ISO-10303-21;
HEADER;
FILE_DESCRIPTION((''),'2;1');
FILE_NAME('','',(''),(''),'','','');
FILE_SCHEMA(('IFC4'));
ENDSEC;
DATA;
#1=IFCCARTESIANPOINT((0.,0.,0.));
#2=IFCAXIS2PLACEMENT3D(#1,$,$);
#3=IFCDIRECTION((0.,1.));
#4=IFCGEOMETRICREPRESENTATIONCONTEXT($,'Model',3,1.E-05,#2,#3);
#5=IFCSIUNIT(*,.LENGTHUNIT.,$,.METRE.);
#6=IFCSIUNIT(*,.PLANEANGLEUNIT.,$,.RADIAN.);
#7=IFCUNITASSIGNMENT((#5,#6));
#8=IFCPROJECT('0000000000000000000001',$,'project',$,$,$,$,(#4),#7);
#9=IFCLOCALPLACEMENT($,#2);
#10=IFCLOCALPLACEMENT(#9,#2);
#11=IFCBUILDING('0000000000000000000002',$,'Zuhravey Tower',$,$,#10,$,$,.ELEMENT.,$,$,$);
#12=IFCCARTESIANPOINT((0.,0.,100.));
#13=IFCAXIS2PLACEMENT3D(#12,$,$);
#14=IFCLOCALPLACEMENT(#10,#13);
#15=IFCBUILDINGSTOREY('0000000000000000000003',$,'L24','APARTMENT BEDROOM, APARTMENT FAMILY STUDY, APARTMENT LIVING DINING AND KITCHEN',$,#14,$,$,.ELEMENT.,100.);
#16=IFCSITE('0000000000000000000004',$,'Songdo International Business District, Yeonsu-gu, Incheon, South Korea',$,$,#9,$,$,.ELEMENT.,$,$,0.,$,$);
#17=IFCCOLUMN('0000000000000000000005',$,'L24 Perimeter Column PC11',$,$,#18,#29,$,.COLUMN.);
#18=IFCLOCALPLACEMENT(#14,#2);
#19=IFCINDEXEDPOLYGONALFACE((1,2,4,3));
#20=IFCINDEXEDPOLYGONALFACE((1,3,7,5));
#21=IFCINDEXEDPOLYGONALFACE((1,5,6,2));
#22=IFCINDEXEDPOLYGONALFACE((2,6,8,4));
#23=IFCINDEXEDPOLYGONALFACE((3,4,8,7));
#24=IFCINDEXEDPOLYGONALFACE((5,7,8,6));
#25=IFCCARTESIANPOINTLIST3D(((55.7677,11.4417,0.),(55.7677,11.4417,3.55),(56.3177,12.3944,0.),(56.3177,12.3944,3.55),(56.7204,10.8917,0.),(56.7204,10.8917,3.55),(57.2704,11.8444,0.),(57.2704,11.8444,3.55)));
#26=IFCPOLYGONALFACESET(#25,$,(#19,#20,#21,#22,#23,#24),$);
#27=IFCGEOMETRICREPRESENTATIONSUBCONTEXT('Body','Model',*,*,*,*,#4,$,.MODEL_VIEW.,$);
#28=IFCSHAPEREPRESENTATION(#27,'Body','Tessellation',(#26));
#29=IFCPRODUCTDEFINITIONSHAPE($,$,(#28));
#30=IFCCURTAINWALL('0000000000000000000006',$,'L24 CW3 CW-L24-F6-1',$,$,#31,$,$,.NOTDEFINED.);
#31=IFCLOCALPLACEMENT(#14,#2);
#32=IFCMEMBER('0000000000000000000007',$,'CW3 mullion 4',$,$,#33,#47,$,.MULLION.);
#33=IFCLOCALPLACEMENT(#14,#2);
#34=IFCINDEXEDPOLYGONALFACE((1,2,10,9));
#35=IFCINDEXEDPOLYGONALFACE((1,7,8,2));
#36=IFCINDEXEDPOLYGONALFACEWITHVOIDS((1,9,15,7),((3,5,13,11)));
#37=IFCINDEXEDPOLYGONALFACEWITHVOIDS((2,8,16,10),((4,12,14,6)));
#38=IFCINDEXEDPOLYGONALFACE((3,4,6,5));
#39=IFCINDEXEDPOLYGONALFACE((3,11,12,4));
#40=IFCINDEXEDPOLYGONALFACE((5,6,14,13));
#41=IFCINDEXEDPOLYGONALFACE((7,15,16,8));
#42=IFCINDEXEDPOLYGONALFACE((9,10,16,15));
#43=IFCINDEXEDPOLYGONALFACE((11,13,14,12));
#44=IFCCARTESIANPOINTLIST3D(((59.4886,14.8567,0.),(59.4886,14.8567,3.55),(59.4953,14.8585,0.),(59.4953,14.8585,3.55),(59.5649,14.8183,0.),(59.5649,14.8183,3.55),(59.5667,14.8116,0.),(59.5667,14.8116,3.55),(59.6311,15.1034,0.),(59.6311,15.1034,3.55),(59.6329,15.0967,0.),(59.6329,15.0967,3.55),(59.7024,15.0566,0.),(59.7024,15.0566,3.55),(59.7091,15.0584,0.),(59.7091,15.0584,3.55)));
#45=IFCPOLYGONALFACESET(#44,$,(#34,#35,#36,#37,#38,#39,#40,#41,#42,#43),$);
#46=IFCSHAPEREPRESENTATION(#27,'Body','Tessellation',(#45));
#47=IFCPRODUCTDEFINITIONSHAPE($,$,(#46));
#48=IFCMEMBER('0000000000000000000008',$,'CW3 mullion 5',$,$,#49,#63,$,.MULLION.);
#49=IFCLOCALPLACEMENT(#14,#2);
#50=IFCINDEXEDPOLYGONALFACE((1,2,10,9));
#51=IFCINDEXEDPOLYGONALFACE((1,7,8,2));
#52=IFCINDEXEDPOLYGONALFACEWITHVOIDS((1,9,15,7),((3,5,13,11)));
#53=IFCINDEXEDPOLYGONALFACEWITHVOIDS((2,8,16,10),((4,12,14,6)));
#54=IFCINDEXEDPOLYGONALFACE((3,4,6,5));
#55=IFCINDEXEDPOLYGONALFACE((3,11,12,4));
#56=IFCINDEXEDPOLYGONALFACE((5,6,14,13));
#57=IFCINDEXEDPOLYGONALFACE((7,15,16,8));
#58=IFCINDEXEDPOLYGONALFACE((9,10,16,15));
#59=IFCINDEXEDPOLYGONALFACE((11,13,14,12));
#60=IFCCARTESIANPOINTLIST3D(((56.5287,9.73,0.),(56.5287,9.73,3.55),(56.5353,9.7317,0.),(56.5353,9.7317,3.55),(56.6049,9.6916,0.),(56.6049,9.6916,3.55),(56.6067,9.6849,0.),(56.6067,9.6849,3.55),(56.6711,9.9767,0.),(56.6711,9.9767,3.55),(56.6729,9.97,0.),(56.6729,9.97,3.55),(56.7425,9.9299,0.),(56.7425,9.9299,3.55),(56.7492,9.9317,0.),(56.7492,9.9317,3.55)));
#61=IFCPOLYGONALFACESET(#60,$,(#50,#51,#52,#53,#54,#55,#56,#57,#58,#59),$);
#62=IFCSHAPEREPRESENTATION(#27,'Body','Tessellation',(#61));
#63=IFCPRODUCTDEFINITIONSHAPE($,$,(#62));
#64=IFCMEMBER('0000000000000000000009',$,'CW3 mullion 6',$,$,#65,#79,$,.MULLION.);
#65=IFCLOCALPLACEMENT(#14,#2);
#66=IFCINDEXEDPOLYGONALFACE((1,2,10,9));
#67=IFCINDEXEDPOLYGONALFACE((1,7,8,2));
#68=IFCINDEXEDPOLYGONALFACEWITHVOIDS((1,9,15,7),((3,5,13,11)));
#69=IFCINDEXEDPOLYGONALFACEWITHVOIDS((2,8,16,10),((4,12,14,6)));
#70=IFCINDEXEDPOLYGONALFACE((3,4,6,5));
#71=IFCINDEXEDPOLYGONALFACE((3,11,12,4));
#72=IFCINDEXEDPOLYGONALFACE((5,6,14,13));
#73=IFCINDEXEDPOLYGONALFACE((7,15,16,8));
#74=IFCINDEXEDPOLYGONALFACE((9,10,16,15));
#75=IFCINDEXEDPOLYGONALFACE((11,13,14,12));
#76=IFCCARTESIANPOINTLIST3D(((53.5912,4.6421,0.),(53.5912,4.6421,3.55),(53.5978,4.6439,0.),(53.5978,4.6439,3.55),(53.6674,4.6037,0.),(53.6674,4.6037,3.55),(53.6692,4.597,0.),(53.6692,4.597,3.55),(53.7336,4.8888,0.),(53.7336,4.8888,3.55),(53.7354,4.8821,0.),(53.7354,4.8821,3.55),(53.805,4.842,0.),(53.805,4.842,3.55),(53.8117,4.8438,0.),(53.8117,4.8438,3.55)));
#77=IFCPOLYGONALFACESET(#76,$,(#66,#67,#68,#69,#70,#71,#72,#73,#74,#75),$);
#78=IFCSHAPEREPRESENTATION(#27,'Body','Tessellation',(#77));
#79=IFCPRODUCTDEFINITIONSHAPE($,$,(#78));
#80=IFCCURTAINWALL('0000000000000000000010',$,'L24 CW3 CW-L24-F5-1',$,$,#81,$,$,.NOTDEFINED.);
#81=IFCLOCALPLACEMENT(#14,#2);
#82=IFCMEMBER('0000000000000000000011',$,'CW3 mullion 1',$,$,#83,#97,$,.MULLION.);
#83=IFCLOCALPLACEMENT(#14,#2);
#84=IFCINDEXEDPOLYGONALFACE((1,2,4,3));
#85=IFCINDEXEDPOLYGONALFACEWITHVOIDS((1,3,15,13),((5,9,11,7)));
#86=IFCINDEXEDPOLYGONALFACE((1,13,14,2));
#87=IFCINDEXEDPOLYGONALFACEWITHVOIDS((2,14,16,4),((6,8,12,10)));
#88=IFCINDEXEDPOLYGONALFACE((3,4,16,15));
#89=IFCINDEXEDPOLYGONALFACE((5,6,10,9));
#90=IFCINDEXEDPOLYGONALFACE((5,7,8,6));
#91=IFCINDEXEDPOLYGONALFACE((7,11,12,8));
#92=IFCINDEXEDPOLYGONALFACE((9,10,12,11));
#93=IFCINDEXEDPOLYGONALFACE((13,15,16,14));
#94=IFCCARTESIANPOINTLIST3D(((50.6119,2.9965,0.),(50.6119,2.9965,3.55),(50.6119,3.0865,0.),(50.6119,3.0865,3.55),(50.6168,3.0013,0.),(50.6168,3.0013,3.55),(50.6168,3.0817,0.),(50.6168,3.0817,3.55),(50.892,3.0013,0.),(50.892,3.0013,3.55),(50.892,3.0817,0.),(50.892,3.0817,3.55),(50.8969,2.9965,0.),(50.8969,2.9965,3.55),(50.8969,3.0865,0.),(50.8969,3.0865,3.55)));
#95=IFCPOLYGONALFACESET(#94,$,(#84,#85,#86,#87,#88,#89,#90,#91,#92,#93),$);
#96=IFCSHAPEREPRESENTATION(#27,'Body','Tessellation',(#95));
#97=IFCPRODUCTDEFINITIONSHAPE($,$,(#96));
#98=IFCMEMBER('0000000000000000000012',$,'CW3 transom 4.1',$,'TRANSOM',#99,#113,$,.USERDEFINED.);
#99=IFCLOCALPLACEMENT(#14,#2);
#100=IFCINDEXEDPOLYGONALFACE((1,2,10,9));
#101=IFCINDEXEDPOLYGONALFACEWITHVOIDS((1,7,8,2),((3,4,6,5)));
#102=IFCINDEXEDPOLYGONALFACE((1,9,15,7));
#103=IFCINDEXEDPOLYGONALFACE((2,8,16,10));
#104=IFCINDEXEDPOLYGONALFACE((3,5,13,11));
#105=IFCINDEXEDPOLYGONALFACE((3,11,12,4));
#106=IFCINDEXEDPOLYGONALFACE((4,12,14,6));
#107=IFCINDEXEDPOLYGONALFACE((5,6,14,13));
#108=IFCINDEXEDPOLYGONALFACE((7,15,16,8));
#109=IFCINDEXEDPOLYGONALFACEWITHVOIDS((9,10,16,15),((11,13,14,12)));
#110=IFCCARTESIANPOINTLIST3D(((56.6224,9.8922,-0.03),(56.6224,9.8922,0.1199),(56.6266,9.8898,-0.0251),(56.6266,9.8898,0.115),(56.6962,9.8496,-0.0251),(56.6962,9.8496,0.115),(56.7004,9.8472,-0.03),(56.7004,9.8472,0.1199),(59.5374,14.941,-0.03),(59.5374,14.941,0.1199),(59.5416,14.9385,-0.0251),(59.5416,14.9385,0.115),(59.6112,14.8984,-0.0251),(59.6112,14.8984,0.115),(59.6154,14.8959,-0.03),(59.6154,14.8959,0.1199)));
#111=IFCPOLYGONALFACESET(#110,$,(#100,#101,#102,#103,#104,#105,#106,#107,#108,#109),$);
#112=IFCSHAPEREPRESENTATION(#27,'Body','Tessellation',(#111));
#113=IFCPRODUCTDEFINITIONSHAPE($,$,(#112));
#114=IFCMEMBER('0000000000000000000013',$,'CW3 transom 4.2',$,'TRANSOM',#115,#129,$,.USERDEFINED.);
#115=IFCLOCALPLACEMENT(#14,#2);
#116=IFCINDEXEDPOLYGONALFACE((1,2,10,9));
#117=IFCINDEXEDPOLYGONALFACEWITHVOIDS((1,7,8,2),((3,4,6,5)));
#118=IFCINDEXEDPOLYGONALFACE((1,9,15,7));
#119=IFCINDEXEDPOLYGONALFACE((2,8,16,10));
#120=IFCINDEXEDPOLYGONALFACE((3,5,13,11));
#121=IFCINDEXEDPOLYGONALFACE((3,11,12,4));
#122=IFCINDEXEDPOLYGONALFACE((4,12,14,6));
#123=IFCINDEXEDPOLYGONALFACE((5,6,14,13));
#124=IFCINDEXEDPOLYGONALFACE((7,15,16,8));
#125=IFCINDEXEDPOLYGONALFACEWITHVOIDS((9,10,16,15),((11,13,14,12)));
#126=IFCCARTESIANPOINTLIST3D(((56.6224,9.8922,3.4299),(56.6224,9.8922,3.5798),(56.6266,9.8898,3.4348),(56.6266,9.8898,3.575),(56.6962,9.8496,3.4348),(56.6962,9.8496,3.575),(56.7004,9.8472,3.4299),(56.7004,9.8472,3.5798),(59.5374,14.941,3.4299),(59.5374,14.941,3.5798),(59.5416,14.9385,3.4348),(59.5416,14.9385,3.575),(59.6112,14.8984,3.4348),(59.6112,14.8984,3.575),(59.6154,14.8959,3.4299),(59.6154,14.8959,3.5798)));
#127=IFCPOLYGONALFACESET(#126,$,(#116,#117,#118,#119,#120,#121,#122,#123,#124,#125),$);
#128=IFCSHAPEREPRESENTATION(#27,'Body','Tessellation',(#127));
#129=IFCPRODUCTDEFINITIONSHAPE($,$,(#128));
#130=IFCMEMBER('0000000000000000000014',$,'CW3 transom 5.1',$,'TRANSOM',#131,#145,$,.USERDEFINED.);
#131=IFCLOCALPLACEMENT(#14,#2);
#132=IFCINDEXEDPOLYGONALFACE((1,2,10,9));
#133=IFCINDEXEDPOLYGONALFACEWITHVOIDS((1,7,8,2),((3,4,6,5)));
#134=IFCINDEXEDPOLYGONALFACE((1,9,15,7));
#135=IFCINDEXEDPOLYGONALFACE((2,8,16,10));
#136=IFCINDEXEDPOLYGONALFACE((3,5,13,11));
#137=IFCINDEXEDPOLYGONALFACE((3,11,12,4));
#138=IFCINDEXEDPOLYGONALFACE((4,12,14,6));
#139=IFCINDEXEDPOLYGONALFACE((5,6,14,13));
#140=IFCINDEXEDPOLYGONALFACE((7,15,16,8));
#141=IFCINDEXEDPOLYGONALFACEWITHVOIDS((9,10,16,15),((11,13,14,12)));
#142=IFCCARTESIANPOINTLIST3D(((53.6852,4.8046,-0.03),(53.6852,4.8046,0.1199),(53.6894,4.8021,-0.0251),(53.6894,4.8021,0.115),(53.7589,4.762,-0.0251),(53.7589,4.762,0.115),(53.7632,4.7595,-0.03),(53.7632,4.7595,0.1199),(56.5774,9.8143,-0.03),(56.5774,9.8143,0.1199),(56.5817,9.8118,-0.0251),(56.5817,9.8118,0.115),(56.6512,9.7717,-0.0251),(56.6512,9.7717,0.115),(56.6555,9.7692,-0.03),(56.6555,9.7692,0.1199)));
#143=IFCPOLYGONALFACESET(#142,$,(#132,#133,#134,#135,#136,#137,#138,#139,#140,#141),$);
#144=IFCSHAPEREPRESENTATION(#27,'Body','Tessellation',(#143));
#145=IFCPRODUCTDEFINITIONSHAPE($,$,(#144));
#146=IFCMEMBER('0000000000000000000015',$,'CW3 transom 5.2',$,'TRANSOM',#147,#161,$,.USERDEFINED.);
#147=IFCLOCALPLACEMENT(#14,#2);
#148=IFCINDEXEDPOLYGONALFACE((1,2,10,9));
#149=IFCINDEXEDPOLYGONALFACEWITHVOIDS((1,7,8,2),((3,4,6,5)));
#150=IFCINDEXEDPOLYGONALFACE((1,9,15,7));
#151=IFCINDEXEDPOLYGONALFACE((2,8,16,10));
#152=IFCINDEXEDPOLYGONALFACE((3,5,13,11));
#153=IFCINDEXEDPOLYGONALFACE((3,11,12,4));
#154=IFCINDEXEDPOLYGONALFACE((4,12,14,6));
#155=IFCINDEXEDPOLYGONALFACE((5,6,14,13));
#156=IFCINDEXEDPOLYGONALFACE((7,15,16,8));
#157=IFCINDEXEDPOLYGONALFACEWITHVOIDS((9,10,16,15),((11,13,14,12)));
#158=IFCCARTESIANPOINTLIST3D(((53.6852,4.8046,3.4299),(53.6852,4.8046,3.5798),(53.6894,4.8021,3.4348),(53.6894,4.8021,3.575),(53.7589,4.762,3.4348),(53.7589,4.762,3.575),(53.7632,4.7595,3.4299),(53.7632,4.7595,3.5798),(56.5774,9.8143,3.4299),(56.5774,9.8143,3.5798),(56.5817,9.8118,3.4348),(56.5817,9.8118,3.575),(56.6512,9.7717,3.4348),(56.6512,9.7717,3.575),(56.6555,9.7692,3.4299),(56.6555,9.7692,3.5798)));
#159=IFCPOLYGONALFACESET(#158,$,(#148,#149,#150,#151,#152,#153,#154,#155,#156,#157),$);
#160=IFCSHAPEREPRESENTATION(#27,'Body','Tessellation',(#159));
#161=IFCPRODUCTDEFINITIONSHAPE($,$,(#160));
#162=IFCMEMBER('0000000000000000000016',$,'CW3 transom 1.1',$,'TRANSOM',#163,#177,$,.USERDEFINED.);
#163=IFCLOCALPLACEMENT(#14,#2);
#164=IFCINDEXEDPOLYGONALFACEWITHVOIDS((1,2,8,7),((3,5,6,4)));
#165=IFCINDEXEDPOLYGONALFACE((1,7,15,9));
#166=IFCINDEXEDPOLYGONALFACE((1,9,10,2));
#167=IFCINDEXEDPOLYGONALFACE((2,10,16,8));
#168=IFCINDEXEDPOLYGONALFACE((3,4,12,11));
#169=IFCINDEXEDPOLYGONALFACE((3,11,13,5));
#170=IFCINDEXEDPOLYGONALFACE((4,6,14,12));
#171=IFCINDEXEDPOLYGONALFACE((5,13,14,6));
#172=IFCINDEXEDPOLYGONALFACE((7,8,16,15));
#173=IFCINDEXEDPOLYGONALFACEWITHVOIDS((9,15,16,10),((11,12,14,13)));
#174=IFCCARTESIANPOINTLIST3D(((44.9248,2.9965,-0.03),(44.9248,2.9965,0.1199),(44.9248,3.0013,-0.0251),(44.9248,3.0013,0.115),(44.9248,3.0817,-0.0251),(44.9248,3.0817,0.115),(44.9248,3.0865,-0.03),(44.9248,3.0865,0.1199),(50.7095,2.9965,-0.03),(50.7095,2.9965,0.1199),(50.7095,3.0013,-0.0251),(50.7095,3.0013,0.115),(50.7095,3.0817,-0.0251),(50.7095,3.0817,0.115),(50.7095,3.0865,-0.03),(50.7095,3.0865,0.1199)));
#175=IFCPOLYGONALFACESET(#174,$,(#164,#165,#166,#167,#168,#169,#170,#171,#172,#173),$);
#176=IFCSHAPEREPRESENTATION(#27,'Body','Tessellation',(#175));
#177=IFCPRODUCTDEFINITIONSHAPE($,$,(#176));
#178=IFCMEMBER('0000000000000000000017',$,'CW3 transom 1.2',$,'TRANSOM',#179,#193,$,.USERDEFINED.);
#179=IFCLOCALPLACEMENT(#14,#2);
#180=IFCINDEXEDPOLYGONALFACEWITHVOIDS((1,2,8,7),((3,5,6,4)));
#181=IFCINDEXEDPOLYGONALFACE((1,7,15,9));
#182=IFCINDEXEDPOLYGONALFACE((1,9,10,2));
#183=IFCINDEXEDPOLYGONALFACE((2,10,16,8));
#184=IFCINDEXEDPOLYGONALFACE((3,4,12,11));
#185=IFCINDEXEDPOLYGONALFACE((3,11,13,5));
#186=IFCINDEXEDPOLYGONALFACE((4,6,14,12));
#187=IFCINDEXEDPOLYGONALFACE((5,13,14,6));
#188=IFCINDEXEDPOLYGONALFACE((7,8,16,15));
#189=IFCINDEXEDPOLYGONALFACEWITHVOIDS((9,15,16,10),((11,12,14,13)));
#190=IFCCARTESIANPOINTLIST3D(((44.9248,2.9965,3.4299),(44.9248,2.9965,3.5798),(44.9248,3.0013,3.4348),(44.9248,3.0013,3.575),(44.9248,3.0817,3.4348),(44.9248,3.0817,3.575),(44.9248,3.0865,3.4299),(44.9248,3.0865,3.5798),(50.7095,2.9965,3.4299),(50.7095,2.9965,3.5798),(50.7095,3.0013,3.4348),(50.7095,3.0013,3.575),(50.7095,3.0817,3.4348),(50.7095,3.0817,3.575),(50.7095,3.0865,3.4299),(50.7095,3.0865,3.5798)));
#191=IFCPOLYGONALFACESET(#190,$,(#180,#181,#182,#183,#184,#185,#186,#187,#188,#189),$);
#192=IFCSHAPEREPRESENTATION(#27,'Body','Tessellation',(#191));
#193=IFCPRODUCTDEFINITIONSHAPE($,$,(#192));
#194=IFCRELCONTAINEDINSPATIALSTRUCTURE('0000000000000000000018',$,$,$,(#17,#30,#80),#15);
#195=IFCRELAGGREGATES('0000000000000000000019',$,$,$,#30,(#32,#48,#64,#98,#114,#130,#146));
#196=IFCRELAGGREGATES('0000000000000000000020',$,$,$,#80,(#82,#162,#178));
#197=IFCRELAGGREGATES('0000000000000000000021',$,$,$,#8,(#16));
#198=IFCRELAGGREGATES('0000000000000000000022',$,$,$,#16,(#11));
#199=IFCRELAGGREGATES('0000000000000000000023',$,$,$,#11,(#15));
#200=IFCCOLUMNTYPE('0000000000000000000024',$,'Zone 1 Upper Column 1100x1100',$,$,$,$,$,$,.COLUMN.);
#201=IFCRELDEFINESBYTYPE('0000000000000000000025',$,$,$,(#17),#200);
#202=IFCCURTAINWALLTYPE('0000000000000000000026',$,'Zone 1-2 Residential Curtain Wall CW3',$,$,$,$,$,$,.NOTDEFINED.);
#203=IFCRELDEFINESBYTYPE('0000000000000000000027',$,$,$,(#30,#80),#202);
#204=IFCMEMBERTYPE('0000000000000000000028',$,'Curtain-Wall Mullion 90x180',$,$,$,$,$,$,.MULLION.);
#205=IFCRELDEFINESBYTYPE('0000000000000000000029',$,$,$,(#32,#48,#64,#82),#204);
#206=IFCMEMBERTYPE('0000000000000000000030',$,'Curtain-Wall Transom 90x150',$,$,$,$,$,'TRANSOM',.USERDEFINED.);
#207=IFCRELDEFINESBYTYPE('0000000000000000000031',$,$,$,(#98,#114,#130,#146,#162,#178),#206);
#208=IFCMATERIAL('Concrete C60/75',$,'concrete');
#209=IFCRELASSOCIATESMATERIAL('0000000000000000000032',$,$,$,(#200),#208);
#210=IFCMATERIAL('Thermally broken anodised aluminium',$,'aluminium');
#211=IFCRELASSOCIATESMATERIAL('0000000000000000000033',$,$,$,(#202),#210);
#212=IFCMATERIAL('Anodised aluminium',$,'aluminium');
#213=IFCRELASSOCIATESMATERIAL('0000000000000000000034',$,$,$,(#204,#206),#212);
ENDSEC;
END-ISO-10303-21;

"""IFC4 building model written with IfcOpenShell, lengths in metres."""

from ifc_helpers import new_model, si_unit, direction, frame, origin, origin_2d, place, context, subcontext, project, spatial, rectangle, hollow_rectangle, extrude, material, material_profile, profile_set, type_object, element, aggregate, save


model = new_model("IFC4")

# Units and contexts
model_context = context("Model", 3, precision=1e-05, world=origin(), true_north=direction((0.0, 1.0)))
body_context = subcontext(model_context, "Body", "Model", "MODEL_VIEW")
ifc_project = project(units=[si_unit("LENGTHUNIT", "METRE"), si_unit("PLANEANGLEUNIT", "RADIAN")], contexts=[model_context])

# Site, building, storey
site_placement = place(None, origin())
site = spatial("IfcSite", under=ifc_project, at=site_placement, Name="Songdo International Business District, Yeonsu-gu, Incheon, South Korea", CompositionType="ELEMENT", RefElevation=0.0)
building_placement = place(site_placement, origin())
building = spatial("IfcBuilding", under=site, at=building_placement, Name="Zuhravey Tower", CompositionType="ELEMENT")
storey_placement = place(building_placement, frame((0.0, 0.0, 100.0)))
storey = spatial("IfcBuildingStorey", under=building, at=storey_placement, Name="L24", Description="APARTMENT BEDROOM, APARTMENT FAMILY STUDY, APARTMENT LIVING DINING AND KITCHEN", CompositionType="ELEMENT", Elevation=100.0)

# Column
ifc_material_1 = material(Name="Concrete C60/75", Category="concrete")
ifc_material_profile_1 = material_profile(ifc_material_1, rectangle(XDim=1.1001, YDim=1.1001, at=origin_2d()), Name="RC-1100x1100")
ifc_profile_set_1 = profile_set([ifc_material_profile_1], Name="Concrete C60/75")
column_type = type_object("IfcColumnType", Name="Zone 1 Upper Column 1100x1100", PredefinedType="COLUMN", material=ifc_profile_set_1)
column_placement = place(storey_placement, frame((56.519, 11.6431, 0.0), z_axis=(0.0, 0.0, 1.0), x_axis=(0.5, 0.866025, 0.0)))
element("IfcColumn", 1, at=column_placement, inside=storey, type_object=column_type, Name="L24 Perimeter Column PC11", PredefinedType="COLUMN", context=body_context, shape_type="SweptSolid", body=[
    extrude(rectangle(XDim=1.1001, YDim=1.1001, at=origin_2d()), origin(), (0.0, 0.0, 1.0), 3.55),
])

# Curtain wall, members
ifc_material_2 = material(Name="Thermally broken anodised aluminium", Category="aluminium")
curtain_wall_type = type_object("IfcCurtainWallType", Name="Zone 1-2 Residential Curtain Wall CW3", PredefinedType="NOTDEFINED", material=ifc_material_2)
curtain_wall_1_placement = place(storey_placement, origin())
curtain_wall_1 = element("IfcCurtainWall", 2, at=curtain_wall_1_placement, inside=storey, type_object=curtain_wall_type, Name="L24 CW3 CW-L24-F6-1", PredefinedType="NOTDEFINED")
ifc_material_3 = material(Name="Anodised aluminium", Category="aluminium")
ifc_material_profile_2 = material_profile(ifc_material_3, hollow_rectangle(XDim=0.0901, YDim=0.2849, WallThickness=0.0049, at=origin_2d()), Name="ALU-RHS-90x285x5")
ifc_profile_set_2 = profile_set([ifc_material_profile_2], Name="Anodised aluminium")
member_type_1 = type_object("IfcMemberType", Name="Curtain-Wall Mullion 90x180", PredefinedType="MULLION", material=ifc_profile_set_2)
member_1_placement = place(storey_placement, frame((59.5989, 14.9575, 0.0), z_axis=(0.0, 0.0, 1.0), x_axis=(0.866026, -0.5, 0.0)))
member_1 = element("IfcMember", 3, at=member_1_placement, type_object=member_type_1, Name="CW3 mullion 4", PredefinedType="MULLION", context=body_context, shape_type="SweptSolid", body=[
    extrude(hollow_rectangle(XDim=0.0901, YDim=0.2849, WallThickness=0.0049, at=origin_2d()), origin(), (0.0, 0.0, 1.0), 3.55),
])
member_2_placement = place(storey_placement, frame((56.6389, 9.8308, 0.0), z_axis=(0.0, 0.0, 1.0), x_axis=(0.866026, -0.5, 0.0)))
member_2 = element("IfcMember", 4, at=member_2_placement, type_object=member_type_1, Name="CW3 mullion 5", PredefinedType="MULLION", context=body_context, shape_type="SweptSolid", body=[
    extrude(hollow_rectangle(XDim=0.0901, YDim=0.2849, WallThickness=0.0049, at=origin_2d()), origin(), (0.0, 0.0, 1.0), 3.55),
])
member_3_placement = place(storey_placement, frame((53.7014, 4.7429, 0.0), z_axis=(0.0, 0.0, 1.0), x_axis=(0.866026, -0.5, 0.0)))
member_3 = element("IfcMember", 5, at=member_3_placement, type_object=member_type_1, Name="CW3 mullion 6", PredefinedType="MULLION", context=body_context, shape_type="SweptSolid", body=[
    extrude(hollow_rectangle(XDim=0.0901, YDim=0.2849, WallThickness=0.0049, at=origin_2d()), origin(), (0.0, 0.0, 1.0), 3.55),
])

# Curtain wall, member
curtain_wall_2_placement = place(storey_placement, origin())
curtain_wall_2 = element("IfcCurtainWall", 6, at=curtain_wall_2_placement, inside=storey, type_object=curtain_wall_type, Name="L24 CW3 CW-L24-F5-1", PredefinedType="NOTDEFINED")
member_4_placement = place(storey_placement, frame((50.7544, 3.0415, 0.0), z_axis=(0.0, 0.0, 1.0), x_axis=(0.0, -1.0, 0.0)))
member_4 = element("IfcMember", 7, at=member_4_placement, type_object=member_type_1, Name="CW3 mullion 1", PredefinedType="MULLION", context=body_context, shape_type="SweptSolid", body=[
    extrude(hollow_rectangle(XDim=0.0901, YDim=0.2849, WallThickness=0.0049, at=origin_2d()), origin(), (0.0, 0.0, 1.0), 3.55),
])

# Members
ifc_material_profile_3 = material_profile(ifc_material_3, hollow_rectangle(XDim=0.0901, YDim=0.1499, WallThickness=0.0049, at=origin_2d()), Name="ALU-RHS-90x150x5")
ifc_profile_set_3 = profile_set([ifc_material_profile_3], Name="Anodised aluminium")
member_type_2 = type_object("IfcMemberType", Name="Curtain-Wall Transom 90x150", ElementType="TRANSOM", PredefinedType="USERDEFINED", material=ifc_profile_set_3)
member_5_placement = place(storey_placement, frame((59.5764, 14.9185, 0.0449), z_axis=(-0.500012, -0.866018, 0.0), x_axis=(0.866018, -0.500012, 0.0)))
member_5 = element("IfcMember", 8, at=member_5_placement, type_object=member_type_2, Name="CW3 transom 4.1", ObjectType="TRANSOM", PredefinedType="USERDEFINED", context=body_context, shape_type="SweptSolid", body=[
    extrude(hollow_rectangle(XDim=0.0901, YDim=0.1499, WallThickness=0.0049, at=origin_2d()), origin(), (0.0, 0.0, 1.0), 5.8298),
])
member_6_placement = place(storey_placement, frame((59.5764, 14.9185, 3.5049), z_axis=(-0.500012, -0.866018, 0.0), x_axis=(0.866018, -0.500012, 0.0)))
member_6 = element("IfcMember", 9, at=member_6_placement, type_object=member_type_2, Name="CW3 transom 4.2", ObjectType="TRANSOM", PredefinedType="USERDEFINED", context=body_context, shape_type="SweptSolid", body=[
    extrude(hollow_rectangle(XDim=0.0901, YDim=0.1499, WallThickness=0.0049, at=origin_2d()), origin(), (0.0, 0.0, 1.0), 5.8298),
])
member_7_placement = place(storey_placement, frame((56.6165, 9.7917, 0.0449), z_axis=(-0.499993, -0.86603, 0.0), x_axis=(0.86603, -0.499993, 0.0)))
member_7 = element("IfcMember", 10, at=member_7_placement, type_object=member_type_2, Name="CW3 transom 5.1", ObjectType="TRANSOM", PredefinedType="USERDEFINED", context=body_context, shape_type="SweptSolid", body=[
    extrude(hollow_rectangle(XDim=0.0901, YDim=0.1499, WallThickness=0.0049, at=origin_2d()), origin(), (0.0, 0.0, 1.0), 5.7847),
])
member_8_placement = place(storey_placement, frame((56.6165, 9.7917, 3.5049), z_axis=(-0.499993, -0.86603, 0.0), x_axis=(0.86603, -0.499993, 0.0)))
member_8 = element("IfcMember", 11, at=member_8_placement, type_object=member_type_2, Name="CW3 transom 5.2", ObjectType="TRANSOM", PredefinedType="USERDEFINED", context=body_context, shape_type="SweptSolid", body=[
    extrude(hollow_rectangle(XDim=0.0901, YDim=0.1499, WallThickness=0.0049, at=origin_2d()), origin(), (0.0, 0.0, 1.0), 5.7847),
])
member_9_placement = place(storey_placement, frame((50.7095, 3.0415, 0.0449), z_axis=(-1.0, 0.0, 0.0), x_axis=(0.0, -1.0, 0.0)))
member_9 = element("IfcMember", 12, at=member_9_placement, type_object=member_type_2, Name="CW3 transom 1.1", ObjectType="TRANSOM", PredefinedType="USERDEFINED", context=body_context, shape_type="SweptSolid", body=[
    extrude(hollow_rectangle(XDim=0.0901, YDim=0.1499, WallThickness=0.0049, at=origin_2d()), origin(), (0.0, 0.0, 1.0), 5.7847),
])
member_10_placement = place(storey_placement, frame((50.7095, 3.0415, 3.5049), z_axis=(-1.0, 0.0, 0.0), x_axis=(0.0, -1.0, 0.0)))
member_10 = element("IfcMember", 13, at=member_10_placement, type_object=member_type_2, Name="CW3 transom 1.2", ObjectType="TRANSOM", PredefinedType="USERDEFINED", context=body_context, shape_type="SweptSolid", body=[
    extrude(hollow_rectangle(XDim=0.0901, YDim=0.1499, WallThickness=0.0049, at=origin_2d()), origin(), (0.0, 0.0, 1.0), 5.7847),
])

aggregate(curtain_wall_1, [member_1, member_2, member_3, member_5, member_6, member_7, member_8])
aggregate(curtain_wall_2, [member_4, member_9, member_10])

save(model, "model.ifc")
